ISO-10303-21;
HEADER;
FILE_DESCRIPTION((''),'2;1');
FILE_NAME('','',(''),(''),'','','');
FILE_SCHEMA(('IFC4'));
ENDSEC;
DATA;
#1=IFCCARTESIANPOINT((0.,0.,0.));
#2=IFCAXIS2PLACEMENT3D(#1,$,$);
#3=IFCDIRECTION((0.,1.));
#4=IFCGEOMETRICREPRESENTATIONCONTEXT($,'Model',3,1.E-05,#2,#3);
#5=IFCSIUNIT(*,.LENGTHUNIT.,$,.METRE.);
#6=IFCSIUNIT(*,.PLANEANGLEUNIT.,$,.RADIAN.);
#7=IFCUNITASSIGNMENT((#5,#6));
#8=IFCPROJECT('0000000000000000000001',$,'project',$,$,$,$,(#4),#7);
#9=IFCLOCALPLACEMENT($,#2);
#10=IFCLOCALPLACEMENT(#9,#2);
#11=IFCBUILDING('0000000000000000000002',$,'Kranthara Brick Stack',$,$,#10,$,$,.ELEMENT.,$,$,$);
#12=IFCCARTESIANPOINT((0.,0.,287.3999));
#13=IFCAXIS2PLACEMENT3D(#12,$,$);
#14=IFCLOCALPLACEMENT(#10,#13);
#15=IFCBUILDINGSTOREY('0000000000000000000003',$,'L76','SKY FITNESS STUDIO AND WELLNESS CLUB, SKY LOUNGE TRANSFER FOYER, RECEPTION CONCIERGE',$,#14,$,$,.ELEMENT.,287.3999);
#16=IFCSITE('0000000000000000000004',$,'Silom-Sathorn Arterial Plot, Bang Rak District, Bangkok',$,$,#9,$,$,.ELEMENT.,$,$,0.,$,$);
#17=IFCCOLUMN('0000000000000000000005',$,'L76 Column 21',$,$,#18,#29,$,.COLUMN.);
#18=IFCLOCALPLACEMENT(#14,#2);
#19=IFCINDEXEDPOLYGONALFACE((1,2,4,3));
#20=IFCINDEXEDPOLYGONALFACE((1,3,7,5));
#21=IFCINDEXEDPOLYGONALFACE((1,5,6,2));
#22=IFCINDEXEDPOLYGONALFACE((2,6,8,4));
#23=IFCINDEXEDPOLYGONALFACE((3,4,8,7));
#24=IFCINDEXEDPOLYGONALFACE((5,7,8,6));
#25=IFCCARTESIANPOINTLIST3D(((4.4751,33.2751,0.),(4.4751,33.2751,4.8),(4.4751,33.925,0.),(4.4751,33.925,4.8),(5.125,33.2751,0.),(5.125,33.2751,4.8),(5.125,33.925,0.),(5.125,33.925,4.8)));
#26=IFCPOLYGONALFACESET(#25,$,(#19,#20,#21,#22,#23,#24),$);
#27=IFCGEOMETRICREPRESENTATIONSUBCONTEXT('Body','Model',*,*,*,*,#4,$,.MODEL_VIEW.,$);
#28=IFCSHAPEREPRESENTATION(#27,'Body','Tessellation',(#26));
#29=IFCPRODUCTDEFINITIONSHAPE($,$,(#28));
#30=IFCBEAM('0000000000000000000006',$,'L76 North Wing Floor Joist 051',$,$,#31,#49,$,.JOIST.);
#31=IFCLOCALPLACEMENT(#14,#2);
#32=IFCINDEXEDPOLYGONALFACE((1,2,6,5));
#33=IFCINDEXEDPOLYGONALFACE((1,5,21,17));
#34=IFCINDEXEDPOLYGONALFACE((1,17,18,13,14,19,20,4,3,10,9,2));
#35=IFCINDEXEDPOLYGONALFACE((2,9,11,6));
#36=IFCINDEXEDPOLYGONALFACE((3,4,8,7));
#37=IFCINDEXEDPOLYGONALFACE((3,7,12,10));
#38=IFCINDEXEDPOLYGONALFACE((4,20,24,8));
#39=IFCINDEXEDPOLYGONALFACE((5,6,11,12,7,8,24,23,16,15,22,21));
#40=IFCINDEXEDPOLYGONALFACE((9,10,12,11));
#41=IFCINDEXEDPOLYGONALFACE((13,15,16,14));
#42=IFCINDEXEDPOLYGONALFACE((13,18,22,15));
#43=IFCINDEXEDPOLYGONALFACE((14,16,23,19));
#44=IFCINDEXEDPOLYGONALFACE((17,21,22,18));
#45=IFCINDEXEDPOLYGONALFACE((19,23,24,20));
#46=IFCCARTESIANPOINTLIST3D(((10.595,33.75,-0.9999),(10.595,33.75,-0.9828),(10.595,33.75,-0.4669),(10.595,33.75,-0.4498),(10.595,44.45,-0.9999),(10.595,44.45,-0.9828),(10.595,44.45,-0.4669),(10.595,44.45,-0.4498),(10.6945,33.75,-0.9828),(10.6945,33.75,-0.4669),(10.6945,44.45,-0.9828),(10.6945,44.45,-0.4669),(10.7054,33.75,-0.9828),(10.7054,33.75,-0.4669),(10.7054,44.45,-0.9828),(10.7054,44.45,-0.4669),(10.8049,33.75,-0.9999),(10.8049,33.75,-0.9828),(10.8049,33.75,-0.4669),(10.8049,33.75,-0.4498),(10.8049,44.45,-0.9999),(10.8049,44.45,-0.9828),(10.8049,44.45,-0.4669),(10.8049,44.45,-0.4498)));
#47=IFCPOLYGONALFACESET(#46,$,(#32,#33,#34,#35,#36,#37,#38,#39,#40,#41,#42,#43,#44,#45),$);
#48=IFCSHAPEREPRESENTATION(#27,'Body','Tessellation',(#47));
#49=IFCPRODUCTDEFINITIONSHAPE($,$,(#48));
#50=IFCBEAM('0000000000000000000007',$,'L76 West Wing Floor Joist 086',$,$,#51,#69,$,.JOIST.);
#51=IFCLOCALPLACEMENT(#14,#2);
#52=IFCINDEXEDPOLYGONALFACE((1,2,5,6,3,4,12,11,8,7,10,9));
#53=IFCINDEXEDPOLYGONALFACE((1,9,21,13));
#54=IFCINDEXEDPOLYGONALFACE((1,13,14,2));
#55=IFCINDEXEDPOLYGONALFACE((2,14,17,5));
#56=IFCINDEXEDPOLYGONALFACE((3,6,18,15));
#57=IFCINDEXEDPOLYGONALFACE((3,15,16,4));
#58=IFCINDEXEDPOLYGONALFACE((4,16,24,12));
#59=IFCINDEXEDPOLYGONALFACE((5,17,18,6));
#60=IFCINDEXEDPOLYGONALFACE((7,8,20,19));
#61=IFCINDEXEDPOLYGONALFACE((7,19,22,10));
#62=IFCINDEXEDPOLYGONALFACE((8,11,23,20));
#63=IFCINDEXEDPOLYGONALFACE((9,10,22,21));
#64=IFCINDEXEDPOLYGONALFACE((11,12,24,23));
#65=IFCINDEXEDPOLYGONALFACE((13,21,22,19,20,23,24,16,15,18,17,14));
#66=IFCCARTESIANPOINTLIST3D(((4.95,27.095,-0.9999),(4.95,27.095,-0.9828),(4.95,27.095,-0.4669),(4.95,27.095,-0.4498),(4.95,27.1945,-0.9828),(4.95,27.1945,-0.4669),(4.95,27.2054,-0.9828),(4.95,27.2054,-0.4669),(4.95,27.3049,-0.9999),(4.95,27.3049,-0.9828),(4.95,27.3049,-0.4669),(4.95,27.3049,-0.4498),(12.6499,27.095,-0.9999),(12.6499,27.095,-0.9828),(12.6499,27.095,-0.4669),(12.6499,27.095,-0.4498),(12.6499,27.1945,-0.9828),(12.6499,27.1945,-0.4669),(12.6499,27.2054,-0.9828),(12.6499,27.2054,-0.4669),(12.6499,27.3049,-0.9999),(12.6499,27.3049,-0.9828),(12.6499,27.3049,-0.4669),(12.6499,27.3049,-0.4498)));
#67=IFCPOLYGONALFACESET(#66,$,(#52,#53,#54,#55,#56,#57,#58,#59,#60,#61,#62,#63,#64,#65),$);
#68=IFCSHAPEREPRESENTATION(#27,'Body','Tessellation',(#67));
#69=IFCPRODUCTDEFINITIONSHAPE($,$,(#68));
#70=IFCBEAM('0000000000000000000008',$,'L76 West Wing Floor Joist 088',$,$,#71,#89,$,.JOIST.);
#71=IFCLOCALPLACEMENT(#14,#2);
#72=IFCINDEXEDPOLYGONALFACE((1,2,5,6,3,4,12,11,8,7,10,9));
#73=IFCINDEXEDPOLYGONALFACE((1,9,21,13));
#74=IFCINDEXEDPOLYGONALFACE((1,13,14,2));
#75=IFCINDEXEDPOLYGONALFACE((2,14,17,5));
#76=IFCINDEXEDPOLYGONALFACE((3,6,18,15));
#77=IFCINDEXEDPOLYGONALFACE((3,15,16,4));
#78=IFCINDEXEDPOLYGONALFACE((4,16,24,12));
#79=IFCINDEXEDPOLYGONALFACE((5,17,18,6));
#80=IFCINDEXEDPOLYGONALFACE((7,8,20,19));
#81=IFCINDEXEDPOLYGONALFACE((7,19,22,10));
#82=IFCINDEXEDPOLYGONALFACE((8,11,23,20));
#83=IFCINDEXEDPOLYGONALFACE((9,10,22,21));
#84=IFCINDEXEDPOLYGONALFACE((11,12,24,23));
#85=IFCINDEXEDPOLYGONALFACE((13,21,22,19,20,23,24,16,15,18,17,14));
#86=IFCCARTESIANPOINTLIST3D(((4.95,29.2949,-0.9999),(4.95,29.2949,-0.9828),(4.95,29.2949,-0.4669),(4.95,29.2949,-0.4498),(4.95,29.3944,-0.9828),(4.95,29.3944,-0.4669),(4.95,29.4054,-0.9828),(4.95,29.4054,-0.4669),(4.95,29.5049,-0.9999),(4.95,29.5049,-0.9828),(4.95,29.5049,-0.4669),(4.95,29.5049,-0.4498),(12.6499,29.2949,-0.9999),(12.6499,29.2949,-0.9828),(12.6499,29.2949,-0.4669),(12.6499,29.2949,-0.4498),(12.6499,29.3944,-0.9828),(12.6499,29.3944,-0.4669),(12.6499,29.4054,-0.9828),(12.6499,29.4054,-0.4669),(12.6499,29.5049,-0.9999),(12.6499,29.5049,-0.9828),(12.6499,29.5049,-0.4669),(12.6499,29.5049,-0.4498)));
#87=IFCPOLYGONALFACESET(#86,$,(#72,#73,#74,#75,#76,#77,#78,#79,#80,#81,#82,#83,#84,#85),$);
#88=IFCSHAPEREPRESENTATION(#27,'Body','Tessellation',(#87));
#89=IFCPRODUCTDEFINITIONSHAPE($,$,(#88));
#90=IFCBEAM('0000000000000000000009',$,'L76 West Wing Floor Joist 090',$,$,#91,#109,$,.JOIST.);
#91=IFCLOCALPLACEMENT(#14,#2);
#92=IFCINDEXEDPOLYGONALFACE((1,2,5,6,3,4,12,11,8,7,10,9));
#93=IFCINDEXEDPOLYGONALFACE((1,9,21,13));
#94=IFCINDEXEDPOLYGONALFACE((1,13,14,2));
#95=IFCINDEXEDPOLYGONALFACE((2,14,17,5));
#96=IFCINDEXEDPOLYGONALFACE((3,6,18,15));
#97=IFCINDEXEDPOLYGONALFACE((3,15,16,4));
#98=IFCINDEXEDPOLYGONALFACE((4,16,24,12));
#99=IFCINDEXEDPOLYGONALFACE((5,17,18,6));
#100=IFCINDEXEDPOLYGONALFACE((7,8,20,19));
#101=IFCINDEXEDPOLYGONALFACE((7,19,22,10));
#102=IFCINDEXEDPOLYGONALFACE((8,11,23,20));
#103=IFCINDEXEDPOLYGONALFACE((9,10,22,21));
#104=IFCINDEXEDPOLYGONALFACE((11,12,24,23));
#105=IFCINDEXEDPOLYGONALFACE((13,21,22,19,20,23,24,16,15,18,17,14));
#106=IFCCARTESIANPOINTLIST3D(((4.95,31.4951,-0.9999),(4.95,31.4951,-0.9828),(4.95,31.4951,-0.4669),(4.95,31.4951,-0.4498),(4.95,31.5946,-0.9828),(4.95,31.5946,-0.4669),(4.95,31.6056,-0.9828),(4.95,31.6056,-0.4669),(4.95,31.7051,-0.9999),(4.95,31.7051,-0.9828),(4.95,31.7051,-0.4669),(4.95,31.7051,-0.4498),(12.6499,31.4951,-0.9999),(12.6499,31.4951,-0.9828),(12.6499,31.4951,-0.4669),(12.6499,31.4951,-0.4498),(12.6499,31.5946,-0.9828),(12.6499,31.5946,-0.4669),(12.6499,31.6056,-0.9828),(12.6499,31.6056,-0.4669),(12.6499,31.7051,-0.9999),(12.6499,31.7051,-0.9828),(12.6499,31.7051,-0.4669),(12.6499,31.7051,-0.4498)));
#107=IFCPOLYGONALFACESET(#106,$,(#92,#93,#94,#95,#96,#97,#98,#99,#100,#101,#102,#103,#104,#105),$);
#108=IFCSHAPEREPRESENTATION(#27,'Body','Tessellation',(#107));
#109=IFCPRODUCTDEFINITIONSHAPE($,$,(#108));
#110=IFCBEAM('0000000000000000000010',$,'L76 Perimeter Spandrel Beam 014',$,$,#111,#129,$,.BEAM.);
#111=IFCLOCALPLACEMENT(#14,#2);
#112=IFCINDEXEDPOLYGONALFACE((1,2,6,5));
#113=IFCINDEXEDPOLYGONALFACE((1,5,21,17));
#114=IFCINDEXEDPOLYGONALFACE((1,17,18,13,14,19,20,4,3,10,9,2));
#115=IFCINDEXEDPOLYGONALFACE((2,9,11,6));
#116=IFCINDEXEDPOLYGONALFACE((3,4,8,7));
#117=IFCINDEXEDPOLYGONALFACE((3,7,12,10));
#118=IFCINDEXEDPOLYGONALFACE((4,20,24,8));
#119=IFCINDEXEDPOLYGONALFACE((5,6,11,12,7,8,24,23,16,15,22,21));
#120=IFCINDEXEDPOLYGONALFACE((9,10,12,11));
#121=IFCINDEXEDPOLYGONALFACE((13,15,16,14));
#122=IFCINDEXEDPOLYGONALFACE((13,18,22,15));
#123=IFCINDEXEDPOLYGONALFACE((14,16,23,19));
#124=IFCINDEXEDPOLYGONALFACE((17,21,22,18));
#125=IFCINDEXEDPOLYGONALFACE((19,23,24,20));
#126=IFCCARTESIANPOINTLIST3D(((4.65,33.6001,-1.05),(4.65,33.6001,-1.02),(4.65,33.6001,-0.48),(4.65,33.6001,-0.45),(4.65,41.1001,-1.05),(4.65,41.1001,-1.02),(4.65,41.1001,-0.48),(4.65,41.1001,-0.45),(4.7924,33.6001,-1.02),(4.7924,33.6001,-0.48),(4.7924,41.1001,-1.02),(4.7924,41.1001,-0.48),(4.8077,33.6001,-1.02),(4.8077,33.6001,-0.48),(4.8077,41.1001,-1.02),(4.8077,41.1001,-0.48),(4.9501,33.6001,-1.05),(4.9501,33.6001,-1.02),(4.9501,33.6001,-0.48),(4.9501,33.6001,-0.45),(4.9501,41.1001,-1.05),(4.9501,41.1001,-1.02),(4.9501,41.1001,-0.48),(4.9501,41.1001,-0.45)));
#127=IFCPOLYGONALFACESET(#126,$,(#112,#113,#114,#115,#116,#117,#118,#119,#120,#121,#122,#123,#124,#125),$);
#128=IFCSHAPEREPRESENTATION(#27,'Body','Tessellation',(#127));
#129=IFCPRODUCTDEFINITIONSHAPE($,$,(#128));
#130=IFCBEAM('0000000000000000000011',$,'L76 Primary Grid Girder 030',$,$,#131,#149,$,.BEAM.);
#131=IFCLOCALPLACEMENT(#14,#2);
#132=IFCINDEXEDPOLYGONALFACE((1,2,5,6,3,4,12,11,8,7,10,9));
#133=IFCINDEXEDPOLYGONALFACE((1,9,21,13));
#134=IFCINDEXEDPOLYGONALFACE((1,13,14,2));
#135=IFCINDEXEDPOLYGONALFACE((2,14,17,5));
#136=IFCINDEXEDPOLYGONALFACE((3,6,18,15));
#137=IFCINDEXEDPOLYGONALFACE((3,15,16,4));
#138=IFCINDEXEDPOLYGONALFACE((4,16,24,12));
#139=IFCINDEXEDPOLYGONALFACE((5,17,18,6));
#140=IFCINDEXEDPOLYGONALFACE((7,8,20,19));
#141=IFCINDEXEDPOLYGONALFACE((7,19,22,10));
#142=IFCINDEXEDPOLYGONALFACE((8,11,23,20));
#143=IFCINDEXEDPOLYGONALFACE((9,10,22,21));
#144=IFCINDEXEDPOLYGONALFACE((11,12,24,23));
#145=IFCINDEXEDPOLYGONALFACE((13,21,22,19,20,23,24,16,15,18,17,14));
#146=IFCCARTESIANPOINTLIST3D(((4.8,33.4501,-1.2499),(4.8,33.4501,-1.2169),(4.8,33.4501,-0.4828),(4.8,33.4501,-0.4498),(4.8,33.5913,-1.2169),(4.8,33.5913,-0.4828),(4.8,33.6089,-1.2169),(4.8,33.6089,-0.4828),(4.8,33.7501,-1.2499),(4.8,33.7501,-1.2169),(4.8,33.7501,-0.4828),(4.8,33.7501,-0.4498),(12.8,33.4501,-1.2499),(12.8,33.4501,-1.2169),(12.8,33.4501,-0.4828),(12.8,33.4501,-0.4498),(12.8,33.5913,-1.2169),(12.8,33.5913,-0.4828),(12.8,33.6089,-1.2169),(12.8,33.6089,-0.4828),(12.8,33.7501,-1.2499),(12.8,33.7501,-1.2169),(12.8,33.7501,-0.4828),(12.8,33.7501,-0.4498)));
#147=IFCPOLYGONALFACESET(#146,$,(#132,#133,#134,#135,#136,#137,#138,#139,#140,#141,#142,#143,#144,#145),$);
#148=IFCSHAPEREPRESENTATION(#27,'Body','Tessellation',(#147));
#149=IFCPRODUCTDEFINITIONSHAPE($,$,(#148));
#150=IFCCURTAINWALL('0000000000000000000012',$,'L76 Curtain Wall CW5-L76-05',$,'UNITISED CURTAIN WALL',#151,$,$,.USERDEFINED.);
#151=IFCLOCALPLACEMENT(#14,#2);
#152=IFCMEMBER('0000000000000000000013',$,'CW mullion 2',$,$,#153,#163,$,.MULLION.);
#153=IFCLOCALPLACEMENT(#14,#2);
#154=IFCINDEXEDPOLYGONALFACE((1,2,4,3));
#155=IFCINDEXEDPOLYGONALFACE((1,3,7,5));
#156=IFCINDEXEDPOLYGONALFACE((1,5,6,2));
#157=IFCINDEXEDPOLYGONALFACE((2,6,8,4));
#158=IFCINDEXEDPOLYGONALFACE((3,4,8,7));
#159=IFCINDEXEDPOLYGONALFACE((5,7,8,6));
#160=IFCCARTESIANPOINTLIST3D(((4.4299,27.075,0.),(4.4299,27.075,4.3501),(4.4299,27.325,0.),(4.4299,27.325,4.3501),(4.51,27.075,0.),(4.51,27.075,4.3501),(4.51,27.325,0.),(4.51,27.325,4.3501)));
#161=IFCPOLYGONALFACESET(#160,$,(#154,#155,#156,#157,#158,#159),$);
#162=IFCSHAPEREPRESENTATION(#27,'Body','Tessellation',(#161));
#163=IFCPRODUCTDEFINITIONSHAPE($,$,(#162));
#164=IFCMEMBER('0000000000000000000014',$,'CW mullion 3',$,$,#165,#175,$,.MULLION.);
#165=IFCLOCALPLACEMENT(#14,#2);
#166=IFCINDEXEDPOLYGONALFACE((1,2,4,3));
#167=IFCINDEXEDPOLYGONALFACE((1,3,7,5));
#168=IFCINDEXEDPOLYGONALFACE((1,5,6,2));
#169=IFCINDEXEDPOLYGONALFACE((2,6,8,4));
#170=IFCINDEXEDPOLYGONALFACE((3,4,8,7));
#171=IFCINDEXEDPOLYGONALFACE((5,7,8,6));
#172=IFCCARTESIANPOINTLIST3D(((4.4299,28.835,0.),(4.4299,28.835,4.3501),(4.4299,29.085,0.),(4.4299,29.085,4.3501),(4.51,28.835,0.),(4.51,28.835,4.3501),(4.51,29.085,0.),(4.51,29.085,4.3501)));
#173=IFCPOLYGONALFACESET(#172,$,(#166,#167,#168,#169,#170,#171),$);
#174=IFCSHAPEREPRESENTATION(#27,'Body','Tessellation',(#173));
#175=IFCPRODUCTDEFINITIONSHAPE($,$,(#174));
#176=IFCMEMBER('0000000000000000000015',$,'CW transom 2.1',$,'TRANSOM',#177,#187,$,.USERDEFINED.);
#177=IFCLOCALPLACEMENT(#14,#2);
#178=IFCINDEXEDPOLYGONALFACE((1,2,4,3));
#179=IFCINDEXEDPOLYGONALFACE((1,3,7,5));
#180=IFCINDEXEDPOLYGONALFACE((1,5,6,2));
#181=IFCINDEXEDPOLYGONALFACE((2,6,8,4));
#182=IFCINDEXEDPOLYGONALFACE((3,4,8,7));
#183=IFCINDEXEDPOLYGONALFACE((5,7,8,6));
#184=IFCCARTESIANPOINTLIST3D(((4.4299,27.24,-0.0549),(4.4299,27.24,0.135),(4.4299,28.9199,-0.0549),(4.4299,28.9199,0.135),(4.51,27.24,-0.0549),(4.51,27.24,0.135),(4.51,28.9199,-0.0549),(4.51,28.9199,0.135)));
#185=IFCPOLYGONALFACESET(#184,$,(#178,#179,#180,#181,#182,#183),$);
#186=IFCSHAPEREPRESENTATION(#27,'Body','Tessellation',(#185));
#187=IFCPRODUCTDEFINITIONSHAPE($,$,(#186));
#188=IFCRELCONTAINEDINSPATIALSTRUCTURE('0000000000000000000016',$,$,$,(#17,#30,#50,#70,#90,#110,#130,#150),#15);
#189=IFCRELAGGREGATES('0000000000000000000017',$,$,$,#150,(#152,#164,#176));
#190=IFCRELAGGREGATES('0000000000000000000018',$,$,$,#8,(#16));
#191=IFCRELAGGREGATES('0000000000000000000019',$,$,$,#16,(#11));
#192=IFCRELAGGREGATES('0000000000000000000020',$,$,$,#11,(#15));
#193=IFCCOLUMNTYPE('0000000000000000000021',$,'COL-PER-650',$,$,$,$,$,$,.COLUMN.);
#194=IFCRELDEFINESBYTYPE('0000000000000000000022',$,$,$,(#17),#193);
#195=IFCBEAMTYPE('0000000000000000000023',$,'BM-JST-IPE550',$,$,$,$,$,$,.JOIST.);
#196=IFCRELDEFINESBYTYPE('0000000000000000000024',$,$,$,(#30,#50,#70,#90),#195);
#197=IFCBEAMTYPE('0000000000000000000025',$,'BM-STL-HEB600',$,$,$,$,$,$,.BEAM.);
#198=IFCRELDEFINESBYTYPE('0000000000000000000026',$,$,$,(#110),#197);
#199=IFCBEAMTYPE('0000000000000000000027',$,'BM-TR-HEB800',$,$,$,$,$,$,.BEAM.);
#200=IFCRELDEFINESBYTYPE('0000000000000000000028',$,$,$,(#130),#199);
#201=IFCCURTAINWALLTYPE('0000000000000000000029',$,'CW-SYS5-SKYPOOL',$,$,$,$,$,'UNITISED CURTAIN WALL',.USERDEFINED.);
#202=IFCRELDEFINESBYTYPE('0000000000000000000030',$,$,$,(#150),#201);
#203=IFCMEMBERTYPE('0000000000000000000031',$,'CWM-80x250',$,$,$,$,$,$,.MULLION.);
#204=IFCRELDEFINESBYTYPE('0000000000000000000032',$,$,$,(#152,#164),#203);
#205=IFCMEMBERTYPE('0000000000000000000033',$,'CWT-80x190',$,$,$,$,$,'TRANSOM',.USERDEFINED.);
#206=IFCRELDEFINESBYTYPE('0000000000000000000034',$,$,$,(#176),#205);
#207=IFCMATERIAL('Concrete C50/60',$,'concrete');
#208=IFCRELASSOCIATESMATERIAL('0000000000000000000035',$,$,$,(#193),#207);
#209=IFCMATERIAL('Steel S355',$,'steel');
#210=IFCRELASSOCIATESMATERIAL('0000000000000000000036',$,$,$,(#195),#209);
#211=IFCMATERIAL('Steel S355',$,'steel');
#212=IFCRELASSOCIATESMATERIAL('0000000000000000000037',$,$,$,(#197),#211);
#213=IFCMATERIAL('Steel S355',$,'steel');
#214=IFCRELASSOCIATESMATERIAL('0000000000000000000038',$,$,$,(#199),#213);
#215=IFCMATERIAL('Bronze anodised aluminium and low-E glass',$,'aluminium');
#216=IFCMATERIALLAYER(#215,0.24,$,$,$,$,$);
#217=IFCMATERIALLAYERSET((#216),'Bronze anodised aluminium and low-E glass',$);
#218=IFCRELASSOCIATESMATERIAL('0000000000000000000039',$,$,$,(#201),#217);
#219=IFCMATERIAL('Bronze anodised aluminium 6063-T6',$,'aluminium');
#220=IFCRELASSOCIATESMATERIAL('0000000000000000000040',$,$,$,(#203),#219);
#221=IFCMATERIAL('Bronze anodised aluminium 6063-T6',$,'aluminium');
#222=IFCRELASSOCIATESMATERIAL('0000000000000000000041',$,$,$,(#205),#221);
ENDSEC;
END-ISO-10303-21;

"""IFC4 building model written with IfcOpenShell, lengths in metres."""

from ifc_helpers import new_model, si_unit, direction, frame, origin, origin_2d, place, context, subcontext, project, spatial, rectangle, i_section, extrude, material, layer, layer_set, material_profile, profile_set, type_object, element, aggregate, save


model = new_model("IFC4")

# Units and contexts
model_context = context("Model", 3, precision=1e-05, world=origin(), true_north=direction((0.0, 1.0)))
body_context = subcontext(model_context, "Body", "Model", "MODEL_VIEW")
ifc_project = project(units=[si_unit("LENGTHUNIT", "METRE"), si_unit("PLANEANGLEUNIT", "RADIAN")], contexts=[model_context])

# Site, building, storey
site_placement = place(None, origin())
site = spatial("IfcSite", under=ifc_project, at=site_placement, Name="Silom-Sathorn Arterial Plot, Bang Rak District, Bangkok", CompositionType="ELEMENT", RefElevation=0.0)
building_placement = place(site_placement, origin())
building = spatial("IfcBuilding", under=site, at=building_placement, Name="Kranthara Brick Stack", CompositionType="ELEMENT")
storey_placement = place(building_placement, frame((0.0, 0.0, 287.3999)))
storey = spatial("IfcBuildingStorey", under=building, at=storey_placement, Name="L76", Description="SKY FITNESS STUDIO AND WELLNESS CLUB, SKY LOUNGE TRANSFER FOYER, RECEPTION CONCIERGE", CompositionType="ELEMENT", Elevation=287.3999)

# Column
ifc_material_1 = material(Name="Concrete C50/60", Category="concrete")
ifc_material_profile_1 = material_profile(ifc_material_1, rectangle(XDim=0.6499, YDim=0.6499, at=origin_2d()), Name="RC 650x650")
ifc_profile_set_1 = profile_set([ifc_material_profile_1], Name="Concrete C50/60")
column_type = type_object("IfcColumnType", Name="COL-PER-650", PredefinedType="COLUMN", material=ifc_profile_set_1)
column_placement = place(storey_placement, frame((4.8, 33.6001, 0.0), z_axis=(0.0, 0.0, 1.0), x_axis=(1.0, 0.0, 0.0)))
element("IfcColumn", 1, at=column_placement, inside=storey, type_object=column_type, Name="L76 Column 21", PredefinedType="COLUMN", context=body_context, shape_type="SweptSolid", body=[
    extrude(rectangle(XDim=0.6499, YDim=0.6499, at=origin_2d()), origin(), (0.0, 0.0, 1.0), 4.8),
])

# Beams
ifc_material_2 = material(Name="Steel S355", Category="steel")
ifc_material_profile_2 = material_profile(ifc_material_2, i_section(OverallWidth=0.21, OverallDepth=0.55, WebThickness=0.011, FlangeThickness=0.0171, at=origin_2d()), Name="IPE 550")
ifc_profile_set_2 = profile_set([ifc_material_profile_2], Name="Steel S355")
beam_type_1 = type_object("IfcBeamType", Name="BM-JST-IPE550", PredefinedType="JOIST", material=ifc_profile_set_2)
beam_1_placement = place(storey_placement, frame((10.7, 33.75, -0.7249), z_axis=(0.0, 1.0, 0.0), x_axis=(-1.0, 0.0, 0.0)))
element("IfcBeam", 2, at=beam_1_placement, inside=storey, type_object=beam_type_1, Name="L76 North Wing Floor Joist 051", PredefinedType="JOIST", context=body_context, shape_type="SweptSolid", body=[
    extrude(i_section(OverallWidth=0.21, OverallDepth=0.55, WebThickness=0.011, FlangeThickness=0.0171, at=origin_2d()), origin(), (0.0, 0.0, 1.0), 10.7),
])
for number, where, z_axis, x_axis, name in (
    (3, (4.95, 27.2, -0.7249), (1.0, 0.0, 0.0), (0.0, 1.0, 0.0), "L76 West Wing Floor Joist 086"),
    (4, (4.95, 29.3999, -0.7249), (1.0, 0.0, 0.0), (0.0, 1.0, 0.0), "L76 West Wing Floor Joist 088"),
    (5, (4.95, 31.6001, -0.7249), (1.0, 0.0, 0.0), (0.0, 1.0, 0.0), "L76 West Wing Floor Joist 090"),
):
    element("IfcBeam", number, at=place(storey_placement, frame(where, z_axis=z_axis, x_axis=x_axis)), inside=storey, type_object=beam_type_1, Name=name, PredefinedType="JOIST", context=body_context, shape_type="SweptSolid", body=[
        extrude(i_section(OverallWidth=0.21, OverallDepth=0.55, WebThickness=0.011, FlangeThickness=0.0171, at=origin_2d()), origin(), (0.0, 0.0, 1.0), 7.7),
    ])
ifc_material_3 = material(Name="Steel S355", Category="steel")
ifc_material_profile_3 = material_profile(ifc_material_3, i_section(OverallWidth=0.3, OverallDepth=0.6001, WebThickness=0.0154, FlangeThickness=0.03, at=origin_2d()), Name="HEB 600")
ifc_profile_set_3 = profile_set([ifc_material_profile_3], Name="Steel S355")
beam_type_2 = type_object("IfcBeamType", Name="BM-STL-HEB600", PredefinedType="BEAM", material=ifc_profile_set_3)
beam_2_placement = place(storey_placement, frame((4.8, 33.6001, -0.75), z_axis=(0.0, 1.0, 0.0), x_axis=(-1.0, 0.0, 0.0)))
element("IfcBeam", 6, at=beam_2_placement, inside=storey, type_object=beam_type_2, Name="L76 Perimeter Spandrel Beam 014", PredefinedType="BEAM", context=body_context, shape_type="SweptSolid", body=[
    extrude(i_section(OverallWidth=0.3, OverallDepth=0.6001, WebThickness=0.0154, FlangeThickness=0.03, at=origin_2d()), origin(), (0.0, 0.0, 1.0), 7.5),
])
ifc_material_4 = material(Name="Steel S355", Category="steel")
ifc_material_profile_4 = material_profile(ifc_material_4, i_section(OverallWidth=0.3, OverallDepth=0.8, WebThickness=0.0176, FlangeThickness=0.033, at=origin_2d()), Name="HEB 800")
ifc_profile_set_4 = profile_set([ifc_material_profile_4], Name="Steel S355")
beam_type_3 = type_object("IfcBeamType", Name="BM-TR-HEB800", PredefinedType="BEAM", material=ifc_profile_set_4)
beam_3_placement = place(storey_placement, frame((4.8, 33.6001, -0.8499), z_axis=(1.0, 0.0, 0.0), x_axis=(0.0, 1.0, 0.0)))
element("IfcBeam", 7, at=beam_3_placement, inside=storey, type_object=beam_type_3, Name="L76 Primary Grid Girder 030", PredefinedType="BEAM", context=body_context, shape_type="SweptSolid", body=[
    extrude(i_section(OverallWidth=0.3, OverallDepth=0.8, WebThickness=0.0176, FlangeThickness=0.033, at=origin_2d()), origin(), (0.0, 0.0, 1.0), 8.0),
])

# Curtain wall, members
ifc_material_5 = material(Name="Bronze anodised aluminium and low-E glass", Category="aluminium")
ifc_layer_1 = layer(ifc_material_5, 0.24)
ifc_layer_set_1 = layer_set([ifc_layer_1], Name="Bronze anodised aluminium and low-E glass")
curtain_wall_type = type_object("IfcCurtainWallType", Name="CW-SYS5-SKYPOOL", ElementType="UNITISED CURTAIN WALL", PredefinedType="USERDEFINED", material=ifc_layer_set_1)
curtain_wall_placement = place(storey_placement, origin())
curtain_wall = element("IfcCurtainWall", 8, at=curtain_wall_placement, inside=storey, type_object=curtain_wall_type, Name="L76 Curtain Wall CW5-L76-05", ObjectType="UNITISED CURTAIN WALL", PredefinedType="USERDEFINED")
ifc_material_6 = material(Name="Bronze anodised aluminium 6063-T6", Category="aluminium")
ifc_material_profile_5 = material_profile(ifc_material_6, rectangle(XDim=0.0801, YDim=0.25, at=origin_2d()), Name="ALU MULLION 80x250")
ifc_profile_set_5 = profile_set([ifc_material_profile_5], Name="Bronze anodised aluminium 6063-T6")
member_type_1 = type_object("IfcMemberType", Name="CWM-80x250", PredefinedType="MULLION", material=ifc_profile_set_5)
member_1_placement = place(storey_placement, frame((4.47, 27.2, 0.0), z_axis=(0.0, 0.0, 1.0), x_axis=(-1.0, 0.0, 0.0)))
member_1 = element("IfcMember", 9, at=member_1_placement, type_object=member_type_1, Name="CW mullion 2", PredefinedType="MULLION", context=body_context, shape_type="SweptSolid", body=[
    extrude(rectangle(XDim=0.0801, YDim=0.25, at=origin_2d()), origin(), (0.0, 0.0, 1.0), 4.3501),
])
member_2_placement = place(storey_placement, frame((4.47, 28.96, 0.0), z_axis=(0.0, 0.0, 1.0), x_axis=(-1.0, 0.0, 0.0)))
member_2 = element("IfcMember", 10, at=member_2_placement, type_object=member_type_1, Name="CW mullion 3", PredefinedType="MULLION", context=body_context, shape_type="SweptSolid", body=[
    extrude(rectangle(XDim=0.0801, YDim=0.25, at=origin_2d()), origin(), (0.0, 0.0, 1.0), 4.3501),
])
ifc_material_7 = material(Name="Bronze anodised aluminium 6063-T6", Category="aluminium")
ifc_material_profile_6 = material_profile(ifc_material_7, rectangle(XDim=0.0801, YDim=0.1899, at=origin_2d()), Name="ALU TRANSOM 80x190")
ifc_profile_set_6 = profile_set([ifc_material_profile_6], Name="Bronze anodised aluminium 6063-T6")
member_type_2 = type_object("IfcMemberType", Name="CWT-80x190", ElementType="TRANSOM", PredefinedType="USERDEFINED", material=ifc_profile_set_6)
member_3_placement = place(storey_placement, frame((4.47, 27.24, 0.04), z_axis=(0.0, 1.0, 0.0), x_axis=(-1.0, 0.0, 0.0)))
member_3 = element("IfcMember", 11, at=member_3_placement, type_object=member_type_2, Name="CW transom 2.1", ObjectType="TRANSOM", PredefinedType="USERDEFINED", context=body_context, shape_type="SweptSolid", body=[
    extrude(rectangle(XDim=0.0801, YDim=0.1899, at=origin_2d()), origin(), (0.0, 0.0, 1.0), 1.6799),
])
aggregate(curtain_wall, [member_1, member_2, member_3])

save(model, "model.ifc")
